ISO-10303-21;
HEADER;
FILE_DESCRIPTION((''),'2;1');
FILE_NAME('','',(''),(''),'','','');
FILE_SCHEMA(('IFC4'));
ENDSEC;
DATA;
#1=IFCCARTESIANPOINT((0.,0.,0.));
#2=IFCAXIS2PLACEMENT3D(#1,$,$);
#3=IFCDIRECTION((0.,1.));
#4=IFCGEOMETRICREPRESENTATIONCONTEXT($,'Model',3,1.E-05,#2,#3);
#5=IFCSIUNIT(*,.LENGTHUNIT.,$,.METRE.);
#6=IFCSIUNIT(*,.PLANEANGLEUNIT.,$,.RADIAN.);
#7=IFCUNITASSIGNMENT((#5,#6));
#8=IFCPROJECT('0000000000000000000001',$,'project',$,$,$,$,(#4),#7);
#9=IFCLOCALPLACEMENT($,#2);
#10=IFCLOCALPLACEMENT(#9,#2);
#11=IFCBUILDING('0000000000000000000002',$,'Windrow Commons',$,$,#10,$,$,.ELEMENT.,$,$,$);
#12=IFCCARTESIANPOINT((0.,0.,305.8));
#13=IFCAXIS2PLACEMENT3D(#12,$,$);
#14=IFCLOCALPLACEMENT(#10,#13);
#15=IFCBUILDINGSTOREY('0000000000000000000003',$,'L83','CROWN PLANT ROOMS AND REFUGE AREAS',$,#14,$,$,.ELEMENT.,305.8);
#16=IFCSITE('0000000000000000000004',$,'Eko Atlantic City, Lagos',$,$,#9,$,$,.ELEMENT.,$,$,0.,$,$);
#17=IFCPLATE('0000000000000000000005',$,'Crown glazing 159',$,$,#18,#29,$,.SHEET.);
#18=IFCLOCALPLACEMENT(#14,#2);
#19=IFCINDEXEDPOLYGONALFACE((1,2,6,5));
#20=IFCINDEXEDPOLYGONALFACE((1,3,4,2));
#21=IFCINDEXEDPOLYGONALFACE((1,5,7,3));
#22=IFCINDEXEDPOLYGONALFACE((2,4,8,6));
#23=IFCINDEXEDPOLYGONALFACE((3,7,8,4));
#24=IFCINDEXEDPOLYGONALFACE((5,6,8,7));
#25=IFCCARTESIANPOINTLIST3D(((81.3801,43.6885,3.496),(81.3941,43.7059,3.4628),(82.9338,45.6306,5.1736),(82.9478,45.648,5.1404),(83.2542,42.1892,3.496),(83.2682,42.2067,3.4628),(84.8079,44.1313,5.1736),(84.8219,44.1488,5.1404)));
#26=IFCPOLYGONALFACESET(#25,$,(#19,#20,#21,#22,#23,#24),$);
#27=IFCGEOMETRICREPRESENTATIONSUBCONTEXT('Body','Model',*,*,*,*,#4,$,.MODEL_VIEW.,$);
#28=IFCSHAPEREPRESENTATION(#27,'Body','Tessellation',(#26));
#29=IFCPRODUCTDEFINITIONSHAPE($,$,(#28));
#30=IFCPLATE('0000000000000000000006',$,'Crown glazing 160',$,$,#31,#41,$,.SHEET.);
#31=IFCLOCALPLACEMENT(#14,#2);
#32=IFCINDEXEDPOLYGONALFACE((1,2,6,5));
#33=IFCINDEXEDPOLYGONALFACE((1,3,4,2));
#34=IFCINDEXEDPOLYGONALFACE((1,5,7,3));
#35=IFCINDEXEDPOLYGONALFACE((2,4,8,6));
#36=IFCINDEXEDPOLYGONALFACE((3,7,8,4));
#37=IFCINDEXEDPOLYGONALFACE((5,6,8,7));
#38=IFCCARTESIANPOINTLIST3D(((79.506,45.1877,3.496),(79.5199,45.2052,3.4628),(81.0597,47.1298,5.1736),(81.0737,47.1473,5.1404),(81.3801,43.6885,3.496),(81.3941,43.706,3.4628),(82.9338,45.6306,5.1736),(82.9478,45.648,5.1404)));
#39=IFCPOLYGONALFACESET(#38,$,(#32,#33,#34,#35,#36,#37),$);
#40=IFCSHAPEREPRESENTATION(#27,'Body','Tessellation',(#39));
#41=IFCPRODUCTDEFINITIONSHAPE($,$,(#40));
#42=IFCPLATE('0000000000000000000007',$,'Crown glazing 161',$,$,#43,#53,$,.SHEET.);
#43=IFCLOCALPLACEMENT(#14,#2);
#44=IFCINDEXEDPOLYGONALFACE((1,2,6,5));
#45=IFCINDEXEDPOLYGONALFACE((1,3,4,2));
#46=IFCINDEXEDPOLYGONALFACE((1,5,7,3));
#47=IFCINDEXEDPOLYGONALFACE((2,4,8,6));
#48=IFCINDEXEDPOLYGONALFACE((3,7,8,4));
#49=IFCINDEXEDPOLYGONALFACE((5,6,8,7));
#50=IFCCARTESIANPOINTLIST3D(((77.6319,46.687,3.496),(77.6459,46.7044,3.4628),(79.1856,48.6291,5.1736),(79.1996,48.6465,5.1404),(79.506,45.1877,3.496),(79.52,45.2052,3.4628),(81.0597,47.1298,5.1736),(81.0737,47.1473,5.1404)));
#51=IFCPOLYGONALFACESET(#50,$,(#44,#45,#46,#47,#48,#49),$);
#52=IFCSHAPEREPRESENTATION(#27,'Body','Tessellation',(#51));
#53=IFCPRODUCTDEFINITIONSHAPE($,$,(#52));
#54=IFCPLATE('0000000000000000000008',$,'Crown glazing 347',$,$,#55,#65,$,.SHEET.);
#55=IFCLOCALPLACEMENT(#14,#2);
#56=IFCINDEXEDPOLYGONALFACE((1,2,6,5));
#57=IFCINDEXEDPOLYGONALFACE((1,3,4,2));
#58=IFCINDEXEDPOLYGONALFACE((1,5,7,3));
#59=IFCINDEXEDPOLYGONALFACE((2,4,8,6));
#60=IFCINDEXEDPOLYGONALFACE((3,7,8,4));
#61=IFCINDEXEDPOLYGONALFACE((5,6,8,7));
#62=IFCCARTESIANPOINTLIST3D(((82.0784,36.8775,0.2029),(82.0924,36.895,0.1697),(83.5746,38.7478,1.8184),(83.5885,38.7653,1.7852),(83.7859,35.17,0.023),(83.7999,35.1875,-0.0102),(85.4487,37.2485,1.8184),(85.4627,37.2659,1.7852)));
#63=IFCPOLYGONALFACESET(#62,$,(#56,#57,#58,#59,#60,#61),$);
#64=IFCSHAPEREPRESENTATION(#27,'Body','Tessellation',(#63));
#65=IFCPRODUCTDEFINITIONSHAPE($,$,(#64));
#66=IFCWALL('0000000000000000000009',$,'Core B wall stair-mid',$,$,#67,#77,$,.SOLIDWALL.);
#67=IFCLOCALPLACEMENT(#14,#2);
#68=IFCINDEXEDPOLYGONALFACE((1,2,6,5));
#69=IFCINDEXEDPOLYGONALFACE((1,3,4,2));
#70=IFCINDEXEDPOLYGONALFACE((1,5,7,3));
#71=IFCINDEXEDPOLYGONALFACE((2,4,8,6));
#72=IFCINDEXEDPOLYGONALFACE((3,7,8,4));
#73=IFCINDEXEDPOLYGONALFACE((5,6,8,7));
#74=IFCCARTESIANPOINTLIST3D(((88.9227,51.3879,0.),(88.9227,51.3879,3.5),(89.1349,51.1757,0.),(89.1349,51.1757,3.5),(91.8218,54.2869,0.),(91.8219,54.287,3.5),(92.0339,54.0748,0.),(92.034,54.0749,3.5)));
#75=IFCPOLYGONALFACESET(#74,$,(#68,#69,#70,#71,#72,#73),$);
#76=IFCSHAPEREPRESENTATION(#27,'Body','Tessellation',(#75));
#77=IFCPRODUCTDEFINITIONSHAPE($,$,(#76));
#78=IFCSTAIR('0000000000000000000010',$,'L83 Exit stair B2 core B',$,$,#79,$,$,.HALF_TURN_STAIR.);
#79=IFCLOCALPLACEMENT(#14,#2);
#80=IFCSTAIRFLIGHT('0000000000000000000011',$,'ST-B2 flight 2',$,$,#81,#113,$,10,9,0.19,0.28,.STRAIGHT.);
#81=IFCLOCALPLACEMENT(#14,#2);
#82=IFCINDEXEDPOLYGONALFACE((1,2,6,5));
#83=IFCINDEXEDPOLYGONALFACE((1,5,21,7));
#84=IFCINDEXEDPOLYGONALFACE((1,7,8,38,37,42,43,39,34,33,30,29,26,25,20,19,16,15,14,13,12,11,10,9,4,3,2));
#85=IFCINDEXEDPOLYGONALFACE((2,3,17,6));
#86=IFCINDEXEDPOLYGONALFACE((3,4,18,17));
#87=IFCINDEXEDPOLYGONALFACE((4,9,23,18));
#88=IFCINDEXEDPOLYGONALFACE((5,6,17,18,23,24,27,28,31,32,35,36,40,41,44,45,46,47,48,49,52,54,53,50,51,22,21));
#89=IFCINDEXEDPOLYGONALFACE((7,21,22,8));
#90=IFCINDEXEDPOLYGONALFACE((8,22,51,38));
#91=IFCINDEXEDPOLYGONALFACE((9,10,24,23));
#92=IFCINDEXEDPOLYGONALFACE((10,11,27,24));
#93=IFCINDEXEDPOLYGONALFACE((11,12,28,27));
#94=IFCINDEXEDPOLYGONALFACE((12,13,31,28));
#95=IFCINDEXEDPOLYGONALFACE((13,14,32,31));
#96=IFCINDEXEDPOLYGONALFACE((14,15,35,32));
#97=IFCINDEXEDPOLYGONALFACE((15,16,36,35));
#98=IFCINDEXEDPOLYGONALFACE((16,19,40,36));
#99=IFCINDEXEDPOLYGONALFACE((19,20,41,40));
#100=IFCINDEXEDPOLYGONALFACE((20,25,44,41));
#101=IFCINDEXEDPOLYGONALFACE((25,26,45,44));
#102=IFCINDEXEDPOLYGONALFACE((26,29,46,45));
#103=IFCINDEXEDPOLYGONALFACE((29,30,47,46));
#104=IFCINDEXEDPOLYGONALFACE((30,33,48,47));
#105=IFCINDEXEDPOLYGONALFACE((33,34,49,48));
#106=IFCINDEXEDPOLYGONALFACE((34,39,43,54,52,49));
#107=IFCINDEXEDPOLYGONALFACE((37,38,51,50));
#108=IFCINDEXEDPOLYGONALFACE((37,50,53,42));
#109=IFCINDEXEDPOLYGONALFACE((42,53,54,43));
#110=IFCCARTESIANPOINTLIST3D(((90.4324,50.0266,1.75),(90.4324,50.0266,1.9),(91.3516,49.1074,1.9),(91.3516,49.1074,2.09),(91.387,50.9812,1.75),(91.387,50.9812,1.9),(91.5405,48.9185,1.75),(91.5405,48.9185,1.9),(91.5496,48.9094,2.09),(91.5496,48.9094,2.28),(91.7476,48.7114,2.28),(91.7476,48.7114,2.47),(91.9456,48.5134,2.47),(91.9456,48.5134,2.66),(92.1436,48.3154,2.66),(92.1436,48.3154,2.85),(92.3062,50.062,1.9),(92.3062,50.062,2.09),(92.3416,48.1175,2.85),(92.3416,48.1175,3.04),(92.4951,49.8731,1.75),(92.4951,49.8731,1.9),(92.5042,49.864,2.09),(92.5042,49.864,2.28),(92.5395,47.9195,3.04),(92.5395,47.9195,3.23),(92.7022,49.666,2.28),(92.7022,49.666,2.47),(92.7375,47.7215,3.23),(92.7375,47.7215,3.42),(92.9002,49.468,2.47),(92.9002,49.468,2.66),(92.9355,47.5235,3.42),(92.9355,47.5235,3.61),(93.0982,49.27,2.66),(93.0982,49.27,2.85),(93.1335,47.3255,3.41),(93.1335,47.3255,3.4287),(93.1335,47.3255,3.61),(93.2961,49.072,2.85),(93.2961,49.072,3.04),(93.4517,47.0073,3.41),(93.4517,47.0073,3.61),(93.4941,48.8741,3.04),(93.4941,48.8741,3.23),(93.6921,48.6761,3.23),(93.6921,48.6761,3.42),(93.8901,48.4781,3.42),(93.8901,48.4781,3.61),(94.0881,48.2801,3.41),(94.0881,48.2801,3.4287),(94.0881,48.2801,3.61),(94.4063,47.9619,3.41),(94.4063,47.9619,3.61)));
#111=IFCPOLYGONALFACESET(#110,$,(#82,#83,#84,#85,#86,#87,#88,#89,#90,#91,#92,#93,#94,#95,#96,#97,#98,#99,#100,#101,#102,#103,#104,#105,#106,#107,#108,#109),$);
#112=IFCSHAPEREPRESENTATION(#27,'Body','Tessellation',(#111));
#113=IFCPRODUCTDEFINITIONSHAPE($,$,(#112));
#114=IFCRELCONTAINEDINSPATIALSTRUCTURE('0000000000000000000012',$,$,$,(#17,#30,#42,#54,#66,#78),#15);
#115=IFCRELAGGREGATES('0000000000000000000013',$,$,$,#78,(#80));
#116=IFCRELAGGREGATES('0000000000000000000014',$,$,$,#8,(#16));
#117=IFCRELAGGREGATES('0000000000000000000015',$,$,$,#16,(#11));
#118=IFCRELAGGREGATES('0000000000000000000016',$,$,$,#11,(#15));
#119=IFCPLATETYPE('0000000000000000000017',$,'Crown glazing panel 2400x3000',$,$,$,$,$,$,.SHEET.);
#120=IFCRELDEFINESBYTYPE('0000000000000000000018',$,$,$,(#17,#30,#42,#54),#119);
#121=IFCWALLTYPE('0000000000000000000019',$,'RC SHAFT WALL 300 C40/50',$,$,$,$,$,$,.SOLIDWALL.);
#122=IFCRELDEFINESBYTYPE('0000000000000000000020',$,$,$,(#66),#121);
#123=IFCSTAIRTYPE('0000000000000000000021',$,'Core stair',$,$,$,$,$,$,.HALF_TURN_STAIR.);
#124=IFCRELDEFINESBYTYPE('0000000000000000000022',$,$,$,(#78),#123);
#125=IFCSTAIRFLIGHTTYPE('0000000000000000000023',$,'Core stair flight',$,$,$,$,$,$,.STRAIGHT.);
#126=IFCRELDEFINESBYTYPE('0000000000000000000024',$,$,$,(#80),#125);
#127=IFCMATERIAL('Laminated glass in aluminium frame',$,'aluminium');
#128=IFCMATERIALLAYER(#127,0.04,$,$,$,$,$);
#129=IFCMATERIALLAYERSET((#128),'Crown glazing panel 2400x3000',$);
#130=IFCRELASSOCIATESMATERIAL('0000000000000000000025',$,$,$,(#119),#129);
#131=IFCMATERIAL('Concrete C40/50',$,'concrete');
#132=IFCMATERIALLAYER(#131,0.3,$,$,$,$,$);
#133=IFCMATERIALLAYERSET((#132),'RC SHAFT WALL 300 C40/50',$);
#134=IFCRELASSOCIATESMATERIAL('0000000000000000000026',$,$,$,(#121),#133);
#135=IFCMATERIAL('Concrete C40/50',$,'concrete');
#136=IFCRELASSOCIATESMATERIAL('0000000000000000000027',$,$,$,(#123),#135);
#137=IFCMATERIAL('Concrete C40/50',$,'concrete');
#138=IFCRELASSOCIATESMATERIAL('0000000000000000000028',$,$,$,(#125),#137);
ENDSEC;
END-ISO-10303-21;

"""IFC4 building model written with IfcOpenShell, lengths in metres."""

from ifc_helpers import new_model, si_unit, direction, frame, origin, place, context, subcontext, project, spatial, polyline, outline, extrude, material, layer, layer_set, type_object, element, aggregate, save


model = new_model("IFC4")

# Units and contexts
model_context = context("Model", 3, precision=1e-05, world=origin(), true_north=direction((0.0, 1.0)))
body_context = subcontext(model_context, "Body", "Model", "MODEL_VIEW")
ifc_project = project(units=[si_unit("LENGTHUNIT", "METRE"), si_unit("PLANEANGLEUNIT", "RADIAN")], contexts=[model_context])

# Site, building, storey
site_placement = place(None, origin())
site = spatial("IfcSite", under=ifc_project, at=site_placement, Name="Eko Atlantic City, Lagos", CompositionType="ELEMENT", RefElevation=0.0)
building_placement = place(site_placement, origin())
building = spatial("IfcBuilding", under=site, at=building_placement, Name="Windrow Commons", CompositionType="ELEMENT")
storey_placement = place(building_placement, frame((0.0, 0.0, 305.8)))
storey = spatial("IfcBuildingStorey", under=building, at=storey_placement, Name="L83", Description="CROWN PLANT ROOMS AND REFUGE AREAS", CompositionType="ELEMENT", Elevation=305.8)

# Plates
ifc_material_1 = material(Name="Laminated glass in aluminium frame", Category="aluminium")
ifc_layer_1 = layer(ifc_material_1, 0.04)
ifc_layer_set_1 = layer_set([ifc_layer_1], Name="Crown glazing panel 2400x3000")
plate_type = type_object("IfcPlateType", Name="Crown glazing panel 2400x3000", PredefinedType="SHEET", material=ifc_layer_set_1)
plate_1_placement = place(storey_placement, frame((83.2542, 42.1892, 3.496), z_axis=(-0.349331, -0.436658, 0.829034), x_axis=(-0.780865, 0.6247, 0.0)))
element("IfcPlate", 1, at=plate_1_placement, inside=storey, type_object=plate_type, Name="Crown glazing 159", PredefinedType="SHEET", context=body_context, shape_type="SweptSolid", body=[
    extrude(outline(polyline([(0.0, 0.0), (2.4, 0.0), (2.4, -3.0), (0.0, -3.0), (0.0, 0.0)])), origin(), (0.0, 0.0, -1.0), 0.04),
])
plate_2_placement = place(storey_placement, frame((81.3801, 43.6885, 3.496), z_axis=(-0.349317, -0.436669, 0.829034), x_axis=(-0.780885, 0.624675, 0.0)))
element("IfcPlate", 2, at=plate_2_placement, inside=storey, type_object=plate_type, Name="Crown glazing 160", PredefinedType="SHEET", context=body_context, shape_type="SweptSolid", body=[
    extrude(outline(polyline([(0.0, 0.0), (2.4, 0.0), (2.3999, -3.0), (-0.0001, -3.0), (0.0, 0.0)])), origin(), (0.0, 0.0, -1.0), 0.04),
])
plate_3_placement = place(storey_placement, frame((79.506, 45.1877, 3.496), z_axis=(-0.349331, -0.436658, 0.829034), x_axis=(-0.780865, 0.6247, 0.0)))
element("IfcPlate", 3, at=plate_3_placement, inside=storey, type_object=plate_type, Name="Crown glazing 161", PredefinedType="SHEET", context=body_context, shape_type="SweptSolid", body=[
    extrude(outline(polyline([(0.0, 0.0), (2.4, 0.0), (2.4, -3.0), (0.0, -3.0), (0.0, 0.0)])), origin(), (0.0, 0.0, -1.0), 0.04),
])
plate_4_placement = place(storey_placement, frame((83.7859, 35.17, 0.023), z_axis=(-0.34932, -0.436656, 0.82904), x_axis=(-0.70515, 0.705156, 0.074288)))
element("IfcPlate", 4, at=plate_4_placement, inside=storey, type_object=plate_type, Name="Crown glazing 347", PredefinedType="SHEET", context=body_context, shape_type="SweptSolid", body=[
    extrude(outline(polyline([(0.0, 0.0), (2.4215, 0.0), (2.8053, -2.8634), (0.4265, -3.1822), (0.0, 0.0)])), origin(), (0.0, 0.0, -1.0), 0.04),
])

# Wall
ifc_material_2 = material(Name="Concrete C40/50", Category="concrete")
ifc_layer_2 = layer(ifc_material_2, 0.3)
ifc_layer_set_2 = layer_set([ifc_layer_2], Name="RC SHAFT WALL 300 C40/50")
wall_type = type_object("IfcWallType", Name="RC SHAFT WALL 300 C40/50", PredefinedType="SOLIDWALL", material=ifc_layer_set_2)
wall_placement = place(storey_placement, frame((89.0288, 51.2818, 0.0), z_axis=(0.0, 0.0, 1.0), x_axis=(0.707107, 0.707107, 0.0)))
element("IfcWall", 5, at=wall_placement, inside=storey, type_object=wall_type, Name="Core B wall stair-mid", PredefinedType="SOLIDWALL", context=body_context, shape_type="SweptSolid", body=[
    extrude(outline(polyline([(0.0, 0.0), (4.0999, 0.0), (4.1, 3.5), (0.0, 3.5), (0.0, 0.0)])), frame((0.0, 0.15, 0.0), z_axis=(0.0, -1.0, 0.0), x_axis=(1.0, 0.0, 0.0)), (0.0, 0.0, 1.0), 0.3),
])

# Stair, stair flight
ifc_material_3 = material(Name="Concrete C40/50", Category="concrete")
stair_type = type_object("IfcStairType", Name="Core stair", PredefinedType="HALF_TURN_STAIR", material=ifc_material_3)
stair_placement = place(storey_placement, origin())
stair = element("IfcStair", 6, at=stair_placement, inside=storey, type_object=stair_type, Name="L83 Exit stair B2 core B", PredefinedType="HALF_TURN_STAIR")
ifc_material_4 = material(Name="Concrete C40/50", Category="concrete")
stair_flight_type = type_object("IfcStairFlightType", Name="Core stair flight", PredefinedType="STRAIGHT", material=ifc_material_4)
stair_flight_placement = place(storey_placement, frame((91.8289, 49.5847, 1.9), z_axis=(0.0, 0.0, 1.0), x_axis=(0.707107, -0.707107, 0.0)))
stair_flight = element("IfcStairFlight", 7, at=stair_flight_placement, type_object=stair_flight_type, Name="ST-B2 flight 2", NumberOfRisers=10, NumberOfTreads=9, PredefinedType="STRAIGHT", RiserHeight=0.19, TreadLength=0.28, context=body_context, shape_type="SweptSolid", body=[
    extrude(outline(polyline([(-1.3, -0.15), (-1.3, 0.0), (0.0, 0.0), (0.0, 0.19), (0.28, 0.19), (0.28, 0.38), (0.56, 0.38), (0.56, 0.57), (0.84, 0.57), (0.84, 0.76), (1.12, 0.76), (1.12, 0.95), (1.4, 0.95), (1.4, 1.14), (1.68, 1.14), (1.68, 1.33), (1.96, 1.33), (1.96, 1.52), (2.24, 1.52), (2.24, 1.71), (2.52, 1.71), (2.97, 1.71), (2.97, 1.51), (2.52, 1.51), (2.52, 1.5287), (0.2671, 0.0), (0.2671, -0.15), (-1.3, -0.15)])), frame((0.0, 0.675, 0.0), z_axis=(0.0, -1.0, 0.0), x_axis=(1.0, 0.0, 0.0)), (0.0, 0.0, 1.0), 1.35),
])
aggregate(stair, [stair_flight])

save(model, "model.ifc")
